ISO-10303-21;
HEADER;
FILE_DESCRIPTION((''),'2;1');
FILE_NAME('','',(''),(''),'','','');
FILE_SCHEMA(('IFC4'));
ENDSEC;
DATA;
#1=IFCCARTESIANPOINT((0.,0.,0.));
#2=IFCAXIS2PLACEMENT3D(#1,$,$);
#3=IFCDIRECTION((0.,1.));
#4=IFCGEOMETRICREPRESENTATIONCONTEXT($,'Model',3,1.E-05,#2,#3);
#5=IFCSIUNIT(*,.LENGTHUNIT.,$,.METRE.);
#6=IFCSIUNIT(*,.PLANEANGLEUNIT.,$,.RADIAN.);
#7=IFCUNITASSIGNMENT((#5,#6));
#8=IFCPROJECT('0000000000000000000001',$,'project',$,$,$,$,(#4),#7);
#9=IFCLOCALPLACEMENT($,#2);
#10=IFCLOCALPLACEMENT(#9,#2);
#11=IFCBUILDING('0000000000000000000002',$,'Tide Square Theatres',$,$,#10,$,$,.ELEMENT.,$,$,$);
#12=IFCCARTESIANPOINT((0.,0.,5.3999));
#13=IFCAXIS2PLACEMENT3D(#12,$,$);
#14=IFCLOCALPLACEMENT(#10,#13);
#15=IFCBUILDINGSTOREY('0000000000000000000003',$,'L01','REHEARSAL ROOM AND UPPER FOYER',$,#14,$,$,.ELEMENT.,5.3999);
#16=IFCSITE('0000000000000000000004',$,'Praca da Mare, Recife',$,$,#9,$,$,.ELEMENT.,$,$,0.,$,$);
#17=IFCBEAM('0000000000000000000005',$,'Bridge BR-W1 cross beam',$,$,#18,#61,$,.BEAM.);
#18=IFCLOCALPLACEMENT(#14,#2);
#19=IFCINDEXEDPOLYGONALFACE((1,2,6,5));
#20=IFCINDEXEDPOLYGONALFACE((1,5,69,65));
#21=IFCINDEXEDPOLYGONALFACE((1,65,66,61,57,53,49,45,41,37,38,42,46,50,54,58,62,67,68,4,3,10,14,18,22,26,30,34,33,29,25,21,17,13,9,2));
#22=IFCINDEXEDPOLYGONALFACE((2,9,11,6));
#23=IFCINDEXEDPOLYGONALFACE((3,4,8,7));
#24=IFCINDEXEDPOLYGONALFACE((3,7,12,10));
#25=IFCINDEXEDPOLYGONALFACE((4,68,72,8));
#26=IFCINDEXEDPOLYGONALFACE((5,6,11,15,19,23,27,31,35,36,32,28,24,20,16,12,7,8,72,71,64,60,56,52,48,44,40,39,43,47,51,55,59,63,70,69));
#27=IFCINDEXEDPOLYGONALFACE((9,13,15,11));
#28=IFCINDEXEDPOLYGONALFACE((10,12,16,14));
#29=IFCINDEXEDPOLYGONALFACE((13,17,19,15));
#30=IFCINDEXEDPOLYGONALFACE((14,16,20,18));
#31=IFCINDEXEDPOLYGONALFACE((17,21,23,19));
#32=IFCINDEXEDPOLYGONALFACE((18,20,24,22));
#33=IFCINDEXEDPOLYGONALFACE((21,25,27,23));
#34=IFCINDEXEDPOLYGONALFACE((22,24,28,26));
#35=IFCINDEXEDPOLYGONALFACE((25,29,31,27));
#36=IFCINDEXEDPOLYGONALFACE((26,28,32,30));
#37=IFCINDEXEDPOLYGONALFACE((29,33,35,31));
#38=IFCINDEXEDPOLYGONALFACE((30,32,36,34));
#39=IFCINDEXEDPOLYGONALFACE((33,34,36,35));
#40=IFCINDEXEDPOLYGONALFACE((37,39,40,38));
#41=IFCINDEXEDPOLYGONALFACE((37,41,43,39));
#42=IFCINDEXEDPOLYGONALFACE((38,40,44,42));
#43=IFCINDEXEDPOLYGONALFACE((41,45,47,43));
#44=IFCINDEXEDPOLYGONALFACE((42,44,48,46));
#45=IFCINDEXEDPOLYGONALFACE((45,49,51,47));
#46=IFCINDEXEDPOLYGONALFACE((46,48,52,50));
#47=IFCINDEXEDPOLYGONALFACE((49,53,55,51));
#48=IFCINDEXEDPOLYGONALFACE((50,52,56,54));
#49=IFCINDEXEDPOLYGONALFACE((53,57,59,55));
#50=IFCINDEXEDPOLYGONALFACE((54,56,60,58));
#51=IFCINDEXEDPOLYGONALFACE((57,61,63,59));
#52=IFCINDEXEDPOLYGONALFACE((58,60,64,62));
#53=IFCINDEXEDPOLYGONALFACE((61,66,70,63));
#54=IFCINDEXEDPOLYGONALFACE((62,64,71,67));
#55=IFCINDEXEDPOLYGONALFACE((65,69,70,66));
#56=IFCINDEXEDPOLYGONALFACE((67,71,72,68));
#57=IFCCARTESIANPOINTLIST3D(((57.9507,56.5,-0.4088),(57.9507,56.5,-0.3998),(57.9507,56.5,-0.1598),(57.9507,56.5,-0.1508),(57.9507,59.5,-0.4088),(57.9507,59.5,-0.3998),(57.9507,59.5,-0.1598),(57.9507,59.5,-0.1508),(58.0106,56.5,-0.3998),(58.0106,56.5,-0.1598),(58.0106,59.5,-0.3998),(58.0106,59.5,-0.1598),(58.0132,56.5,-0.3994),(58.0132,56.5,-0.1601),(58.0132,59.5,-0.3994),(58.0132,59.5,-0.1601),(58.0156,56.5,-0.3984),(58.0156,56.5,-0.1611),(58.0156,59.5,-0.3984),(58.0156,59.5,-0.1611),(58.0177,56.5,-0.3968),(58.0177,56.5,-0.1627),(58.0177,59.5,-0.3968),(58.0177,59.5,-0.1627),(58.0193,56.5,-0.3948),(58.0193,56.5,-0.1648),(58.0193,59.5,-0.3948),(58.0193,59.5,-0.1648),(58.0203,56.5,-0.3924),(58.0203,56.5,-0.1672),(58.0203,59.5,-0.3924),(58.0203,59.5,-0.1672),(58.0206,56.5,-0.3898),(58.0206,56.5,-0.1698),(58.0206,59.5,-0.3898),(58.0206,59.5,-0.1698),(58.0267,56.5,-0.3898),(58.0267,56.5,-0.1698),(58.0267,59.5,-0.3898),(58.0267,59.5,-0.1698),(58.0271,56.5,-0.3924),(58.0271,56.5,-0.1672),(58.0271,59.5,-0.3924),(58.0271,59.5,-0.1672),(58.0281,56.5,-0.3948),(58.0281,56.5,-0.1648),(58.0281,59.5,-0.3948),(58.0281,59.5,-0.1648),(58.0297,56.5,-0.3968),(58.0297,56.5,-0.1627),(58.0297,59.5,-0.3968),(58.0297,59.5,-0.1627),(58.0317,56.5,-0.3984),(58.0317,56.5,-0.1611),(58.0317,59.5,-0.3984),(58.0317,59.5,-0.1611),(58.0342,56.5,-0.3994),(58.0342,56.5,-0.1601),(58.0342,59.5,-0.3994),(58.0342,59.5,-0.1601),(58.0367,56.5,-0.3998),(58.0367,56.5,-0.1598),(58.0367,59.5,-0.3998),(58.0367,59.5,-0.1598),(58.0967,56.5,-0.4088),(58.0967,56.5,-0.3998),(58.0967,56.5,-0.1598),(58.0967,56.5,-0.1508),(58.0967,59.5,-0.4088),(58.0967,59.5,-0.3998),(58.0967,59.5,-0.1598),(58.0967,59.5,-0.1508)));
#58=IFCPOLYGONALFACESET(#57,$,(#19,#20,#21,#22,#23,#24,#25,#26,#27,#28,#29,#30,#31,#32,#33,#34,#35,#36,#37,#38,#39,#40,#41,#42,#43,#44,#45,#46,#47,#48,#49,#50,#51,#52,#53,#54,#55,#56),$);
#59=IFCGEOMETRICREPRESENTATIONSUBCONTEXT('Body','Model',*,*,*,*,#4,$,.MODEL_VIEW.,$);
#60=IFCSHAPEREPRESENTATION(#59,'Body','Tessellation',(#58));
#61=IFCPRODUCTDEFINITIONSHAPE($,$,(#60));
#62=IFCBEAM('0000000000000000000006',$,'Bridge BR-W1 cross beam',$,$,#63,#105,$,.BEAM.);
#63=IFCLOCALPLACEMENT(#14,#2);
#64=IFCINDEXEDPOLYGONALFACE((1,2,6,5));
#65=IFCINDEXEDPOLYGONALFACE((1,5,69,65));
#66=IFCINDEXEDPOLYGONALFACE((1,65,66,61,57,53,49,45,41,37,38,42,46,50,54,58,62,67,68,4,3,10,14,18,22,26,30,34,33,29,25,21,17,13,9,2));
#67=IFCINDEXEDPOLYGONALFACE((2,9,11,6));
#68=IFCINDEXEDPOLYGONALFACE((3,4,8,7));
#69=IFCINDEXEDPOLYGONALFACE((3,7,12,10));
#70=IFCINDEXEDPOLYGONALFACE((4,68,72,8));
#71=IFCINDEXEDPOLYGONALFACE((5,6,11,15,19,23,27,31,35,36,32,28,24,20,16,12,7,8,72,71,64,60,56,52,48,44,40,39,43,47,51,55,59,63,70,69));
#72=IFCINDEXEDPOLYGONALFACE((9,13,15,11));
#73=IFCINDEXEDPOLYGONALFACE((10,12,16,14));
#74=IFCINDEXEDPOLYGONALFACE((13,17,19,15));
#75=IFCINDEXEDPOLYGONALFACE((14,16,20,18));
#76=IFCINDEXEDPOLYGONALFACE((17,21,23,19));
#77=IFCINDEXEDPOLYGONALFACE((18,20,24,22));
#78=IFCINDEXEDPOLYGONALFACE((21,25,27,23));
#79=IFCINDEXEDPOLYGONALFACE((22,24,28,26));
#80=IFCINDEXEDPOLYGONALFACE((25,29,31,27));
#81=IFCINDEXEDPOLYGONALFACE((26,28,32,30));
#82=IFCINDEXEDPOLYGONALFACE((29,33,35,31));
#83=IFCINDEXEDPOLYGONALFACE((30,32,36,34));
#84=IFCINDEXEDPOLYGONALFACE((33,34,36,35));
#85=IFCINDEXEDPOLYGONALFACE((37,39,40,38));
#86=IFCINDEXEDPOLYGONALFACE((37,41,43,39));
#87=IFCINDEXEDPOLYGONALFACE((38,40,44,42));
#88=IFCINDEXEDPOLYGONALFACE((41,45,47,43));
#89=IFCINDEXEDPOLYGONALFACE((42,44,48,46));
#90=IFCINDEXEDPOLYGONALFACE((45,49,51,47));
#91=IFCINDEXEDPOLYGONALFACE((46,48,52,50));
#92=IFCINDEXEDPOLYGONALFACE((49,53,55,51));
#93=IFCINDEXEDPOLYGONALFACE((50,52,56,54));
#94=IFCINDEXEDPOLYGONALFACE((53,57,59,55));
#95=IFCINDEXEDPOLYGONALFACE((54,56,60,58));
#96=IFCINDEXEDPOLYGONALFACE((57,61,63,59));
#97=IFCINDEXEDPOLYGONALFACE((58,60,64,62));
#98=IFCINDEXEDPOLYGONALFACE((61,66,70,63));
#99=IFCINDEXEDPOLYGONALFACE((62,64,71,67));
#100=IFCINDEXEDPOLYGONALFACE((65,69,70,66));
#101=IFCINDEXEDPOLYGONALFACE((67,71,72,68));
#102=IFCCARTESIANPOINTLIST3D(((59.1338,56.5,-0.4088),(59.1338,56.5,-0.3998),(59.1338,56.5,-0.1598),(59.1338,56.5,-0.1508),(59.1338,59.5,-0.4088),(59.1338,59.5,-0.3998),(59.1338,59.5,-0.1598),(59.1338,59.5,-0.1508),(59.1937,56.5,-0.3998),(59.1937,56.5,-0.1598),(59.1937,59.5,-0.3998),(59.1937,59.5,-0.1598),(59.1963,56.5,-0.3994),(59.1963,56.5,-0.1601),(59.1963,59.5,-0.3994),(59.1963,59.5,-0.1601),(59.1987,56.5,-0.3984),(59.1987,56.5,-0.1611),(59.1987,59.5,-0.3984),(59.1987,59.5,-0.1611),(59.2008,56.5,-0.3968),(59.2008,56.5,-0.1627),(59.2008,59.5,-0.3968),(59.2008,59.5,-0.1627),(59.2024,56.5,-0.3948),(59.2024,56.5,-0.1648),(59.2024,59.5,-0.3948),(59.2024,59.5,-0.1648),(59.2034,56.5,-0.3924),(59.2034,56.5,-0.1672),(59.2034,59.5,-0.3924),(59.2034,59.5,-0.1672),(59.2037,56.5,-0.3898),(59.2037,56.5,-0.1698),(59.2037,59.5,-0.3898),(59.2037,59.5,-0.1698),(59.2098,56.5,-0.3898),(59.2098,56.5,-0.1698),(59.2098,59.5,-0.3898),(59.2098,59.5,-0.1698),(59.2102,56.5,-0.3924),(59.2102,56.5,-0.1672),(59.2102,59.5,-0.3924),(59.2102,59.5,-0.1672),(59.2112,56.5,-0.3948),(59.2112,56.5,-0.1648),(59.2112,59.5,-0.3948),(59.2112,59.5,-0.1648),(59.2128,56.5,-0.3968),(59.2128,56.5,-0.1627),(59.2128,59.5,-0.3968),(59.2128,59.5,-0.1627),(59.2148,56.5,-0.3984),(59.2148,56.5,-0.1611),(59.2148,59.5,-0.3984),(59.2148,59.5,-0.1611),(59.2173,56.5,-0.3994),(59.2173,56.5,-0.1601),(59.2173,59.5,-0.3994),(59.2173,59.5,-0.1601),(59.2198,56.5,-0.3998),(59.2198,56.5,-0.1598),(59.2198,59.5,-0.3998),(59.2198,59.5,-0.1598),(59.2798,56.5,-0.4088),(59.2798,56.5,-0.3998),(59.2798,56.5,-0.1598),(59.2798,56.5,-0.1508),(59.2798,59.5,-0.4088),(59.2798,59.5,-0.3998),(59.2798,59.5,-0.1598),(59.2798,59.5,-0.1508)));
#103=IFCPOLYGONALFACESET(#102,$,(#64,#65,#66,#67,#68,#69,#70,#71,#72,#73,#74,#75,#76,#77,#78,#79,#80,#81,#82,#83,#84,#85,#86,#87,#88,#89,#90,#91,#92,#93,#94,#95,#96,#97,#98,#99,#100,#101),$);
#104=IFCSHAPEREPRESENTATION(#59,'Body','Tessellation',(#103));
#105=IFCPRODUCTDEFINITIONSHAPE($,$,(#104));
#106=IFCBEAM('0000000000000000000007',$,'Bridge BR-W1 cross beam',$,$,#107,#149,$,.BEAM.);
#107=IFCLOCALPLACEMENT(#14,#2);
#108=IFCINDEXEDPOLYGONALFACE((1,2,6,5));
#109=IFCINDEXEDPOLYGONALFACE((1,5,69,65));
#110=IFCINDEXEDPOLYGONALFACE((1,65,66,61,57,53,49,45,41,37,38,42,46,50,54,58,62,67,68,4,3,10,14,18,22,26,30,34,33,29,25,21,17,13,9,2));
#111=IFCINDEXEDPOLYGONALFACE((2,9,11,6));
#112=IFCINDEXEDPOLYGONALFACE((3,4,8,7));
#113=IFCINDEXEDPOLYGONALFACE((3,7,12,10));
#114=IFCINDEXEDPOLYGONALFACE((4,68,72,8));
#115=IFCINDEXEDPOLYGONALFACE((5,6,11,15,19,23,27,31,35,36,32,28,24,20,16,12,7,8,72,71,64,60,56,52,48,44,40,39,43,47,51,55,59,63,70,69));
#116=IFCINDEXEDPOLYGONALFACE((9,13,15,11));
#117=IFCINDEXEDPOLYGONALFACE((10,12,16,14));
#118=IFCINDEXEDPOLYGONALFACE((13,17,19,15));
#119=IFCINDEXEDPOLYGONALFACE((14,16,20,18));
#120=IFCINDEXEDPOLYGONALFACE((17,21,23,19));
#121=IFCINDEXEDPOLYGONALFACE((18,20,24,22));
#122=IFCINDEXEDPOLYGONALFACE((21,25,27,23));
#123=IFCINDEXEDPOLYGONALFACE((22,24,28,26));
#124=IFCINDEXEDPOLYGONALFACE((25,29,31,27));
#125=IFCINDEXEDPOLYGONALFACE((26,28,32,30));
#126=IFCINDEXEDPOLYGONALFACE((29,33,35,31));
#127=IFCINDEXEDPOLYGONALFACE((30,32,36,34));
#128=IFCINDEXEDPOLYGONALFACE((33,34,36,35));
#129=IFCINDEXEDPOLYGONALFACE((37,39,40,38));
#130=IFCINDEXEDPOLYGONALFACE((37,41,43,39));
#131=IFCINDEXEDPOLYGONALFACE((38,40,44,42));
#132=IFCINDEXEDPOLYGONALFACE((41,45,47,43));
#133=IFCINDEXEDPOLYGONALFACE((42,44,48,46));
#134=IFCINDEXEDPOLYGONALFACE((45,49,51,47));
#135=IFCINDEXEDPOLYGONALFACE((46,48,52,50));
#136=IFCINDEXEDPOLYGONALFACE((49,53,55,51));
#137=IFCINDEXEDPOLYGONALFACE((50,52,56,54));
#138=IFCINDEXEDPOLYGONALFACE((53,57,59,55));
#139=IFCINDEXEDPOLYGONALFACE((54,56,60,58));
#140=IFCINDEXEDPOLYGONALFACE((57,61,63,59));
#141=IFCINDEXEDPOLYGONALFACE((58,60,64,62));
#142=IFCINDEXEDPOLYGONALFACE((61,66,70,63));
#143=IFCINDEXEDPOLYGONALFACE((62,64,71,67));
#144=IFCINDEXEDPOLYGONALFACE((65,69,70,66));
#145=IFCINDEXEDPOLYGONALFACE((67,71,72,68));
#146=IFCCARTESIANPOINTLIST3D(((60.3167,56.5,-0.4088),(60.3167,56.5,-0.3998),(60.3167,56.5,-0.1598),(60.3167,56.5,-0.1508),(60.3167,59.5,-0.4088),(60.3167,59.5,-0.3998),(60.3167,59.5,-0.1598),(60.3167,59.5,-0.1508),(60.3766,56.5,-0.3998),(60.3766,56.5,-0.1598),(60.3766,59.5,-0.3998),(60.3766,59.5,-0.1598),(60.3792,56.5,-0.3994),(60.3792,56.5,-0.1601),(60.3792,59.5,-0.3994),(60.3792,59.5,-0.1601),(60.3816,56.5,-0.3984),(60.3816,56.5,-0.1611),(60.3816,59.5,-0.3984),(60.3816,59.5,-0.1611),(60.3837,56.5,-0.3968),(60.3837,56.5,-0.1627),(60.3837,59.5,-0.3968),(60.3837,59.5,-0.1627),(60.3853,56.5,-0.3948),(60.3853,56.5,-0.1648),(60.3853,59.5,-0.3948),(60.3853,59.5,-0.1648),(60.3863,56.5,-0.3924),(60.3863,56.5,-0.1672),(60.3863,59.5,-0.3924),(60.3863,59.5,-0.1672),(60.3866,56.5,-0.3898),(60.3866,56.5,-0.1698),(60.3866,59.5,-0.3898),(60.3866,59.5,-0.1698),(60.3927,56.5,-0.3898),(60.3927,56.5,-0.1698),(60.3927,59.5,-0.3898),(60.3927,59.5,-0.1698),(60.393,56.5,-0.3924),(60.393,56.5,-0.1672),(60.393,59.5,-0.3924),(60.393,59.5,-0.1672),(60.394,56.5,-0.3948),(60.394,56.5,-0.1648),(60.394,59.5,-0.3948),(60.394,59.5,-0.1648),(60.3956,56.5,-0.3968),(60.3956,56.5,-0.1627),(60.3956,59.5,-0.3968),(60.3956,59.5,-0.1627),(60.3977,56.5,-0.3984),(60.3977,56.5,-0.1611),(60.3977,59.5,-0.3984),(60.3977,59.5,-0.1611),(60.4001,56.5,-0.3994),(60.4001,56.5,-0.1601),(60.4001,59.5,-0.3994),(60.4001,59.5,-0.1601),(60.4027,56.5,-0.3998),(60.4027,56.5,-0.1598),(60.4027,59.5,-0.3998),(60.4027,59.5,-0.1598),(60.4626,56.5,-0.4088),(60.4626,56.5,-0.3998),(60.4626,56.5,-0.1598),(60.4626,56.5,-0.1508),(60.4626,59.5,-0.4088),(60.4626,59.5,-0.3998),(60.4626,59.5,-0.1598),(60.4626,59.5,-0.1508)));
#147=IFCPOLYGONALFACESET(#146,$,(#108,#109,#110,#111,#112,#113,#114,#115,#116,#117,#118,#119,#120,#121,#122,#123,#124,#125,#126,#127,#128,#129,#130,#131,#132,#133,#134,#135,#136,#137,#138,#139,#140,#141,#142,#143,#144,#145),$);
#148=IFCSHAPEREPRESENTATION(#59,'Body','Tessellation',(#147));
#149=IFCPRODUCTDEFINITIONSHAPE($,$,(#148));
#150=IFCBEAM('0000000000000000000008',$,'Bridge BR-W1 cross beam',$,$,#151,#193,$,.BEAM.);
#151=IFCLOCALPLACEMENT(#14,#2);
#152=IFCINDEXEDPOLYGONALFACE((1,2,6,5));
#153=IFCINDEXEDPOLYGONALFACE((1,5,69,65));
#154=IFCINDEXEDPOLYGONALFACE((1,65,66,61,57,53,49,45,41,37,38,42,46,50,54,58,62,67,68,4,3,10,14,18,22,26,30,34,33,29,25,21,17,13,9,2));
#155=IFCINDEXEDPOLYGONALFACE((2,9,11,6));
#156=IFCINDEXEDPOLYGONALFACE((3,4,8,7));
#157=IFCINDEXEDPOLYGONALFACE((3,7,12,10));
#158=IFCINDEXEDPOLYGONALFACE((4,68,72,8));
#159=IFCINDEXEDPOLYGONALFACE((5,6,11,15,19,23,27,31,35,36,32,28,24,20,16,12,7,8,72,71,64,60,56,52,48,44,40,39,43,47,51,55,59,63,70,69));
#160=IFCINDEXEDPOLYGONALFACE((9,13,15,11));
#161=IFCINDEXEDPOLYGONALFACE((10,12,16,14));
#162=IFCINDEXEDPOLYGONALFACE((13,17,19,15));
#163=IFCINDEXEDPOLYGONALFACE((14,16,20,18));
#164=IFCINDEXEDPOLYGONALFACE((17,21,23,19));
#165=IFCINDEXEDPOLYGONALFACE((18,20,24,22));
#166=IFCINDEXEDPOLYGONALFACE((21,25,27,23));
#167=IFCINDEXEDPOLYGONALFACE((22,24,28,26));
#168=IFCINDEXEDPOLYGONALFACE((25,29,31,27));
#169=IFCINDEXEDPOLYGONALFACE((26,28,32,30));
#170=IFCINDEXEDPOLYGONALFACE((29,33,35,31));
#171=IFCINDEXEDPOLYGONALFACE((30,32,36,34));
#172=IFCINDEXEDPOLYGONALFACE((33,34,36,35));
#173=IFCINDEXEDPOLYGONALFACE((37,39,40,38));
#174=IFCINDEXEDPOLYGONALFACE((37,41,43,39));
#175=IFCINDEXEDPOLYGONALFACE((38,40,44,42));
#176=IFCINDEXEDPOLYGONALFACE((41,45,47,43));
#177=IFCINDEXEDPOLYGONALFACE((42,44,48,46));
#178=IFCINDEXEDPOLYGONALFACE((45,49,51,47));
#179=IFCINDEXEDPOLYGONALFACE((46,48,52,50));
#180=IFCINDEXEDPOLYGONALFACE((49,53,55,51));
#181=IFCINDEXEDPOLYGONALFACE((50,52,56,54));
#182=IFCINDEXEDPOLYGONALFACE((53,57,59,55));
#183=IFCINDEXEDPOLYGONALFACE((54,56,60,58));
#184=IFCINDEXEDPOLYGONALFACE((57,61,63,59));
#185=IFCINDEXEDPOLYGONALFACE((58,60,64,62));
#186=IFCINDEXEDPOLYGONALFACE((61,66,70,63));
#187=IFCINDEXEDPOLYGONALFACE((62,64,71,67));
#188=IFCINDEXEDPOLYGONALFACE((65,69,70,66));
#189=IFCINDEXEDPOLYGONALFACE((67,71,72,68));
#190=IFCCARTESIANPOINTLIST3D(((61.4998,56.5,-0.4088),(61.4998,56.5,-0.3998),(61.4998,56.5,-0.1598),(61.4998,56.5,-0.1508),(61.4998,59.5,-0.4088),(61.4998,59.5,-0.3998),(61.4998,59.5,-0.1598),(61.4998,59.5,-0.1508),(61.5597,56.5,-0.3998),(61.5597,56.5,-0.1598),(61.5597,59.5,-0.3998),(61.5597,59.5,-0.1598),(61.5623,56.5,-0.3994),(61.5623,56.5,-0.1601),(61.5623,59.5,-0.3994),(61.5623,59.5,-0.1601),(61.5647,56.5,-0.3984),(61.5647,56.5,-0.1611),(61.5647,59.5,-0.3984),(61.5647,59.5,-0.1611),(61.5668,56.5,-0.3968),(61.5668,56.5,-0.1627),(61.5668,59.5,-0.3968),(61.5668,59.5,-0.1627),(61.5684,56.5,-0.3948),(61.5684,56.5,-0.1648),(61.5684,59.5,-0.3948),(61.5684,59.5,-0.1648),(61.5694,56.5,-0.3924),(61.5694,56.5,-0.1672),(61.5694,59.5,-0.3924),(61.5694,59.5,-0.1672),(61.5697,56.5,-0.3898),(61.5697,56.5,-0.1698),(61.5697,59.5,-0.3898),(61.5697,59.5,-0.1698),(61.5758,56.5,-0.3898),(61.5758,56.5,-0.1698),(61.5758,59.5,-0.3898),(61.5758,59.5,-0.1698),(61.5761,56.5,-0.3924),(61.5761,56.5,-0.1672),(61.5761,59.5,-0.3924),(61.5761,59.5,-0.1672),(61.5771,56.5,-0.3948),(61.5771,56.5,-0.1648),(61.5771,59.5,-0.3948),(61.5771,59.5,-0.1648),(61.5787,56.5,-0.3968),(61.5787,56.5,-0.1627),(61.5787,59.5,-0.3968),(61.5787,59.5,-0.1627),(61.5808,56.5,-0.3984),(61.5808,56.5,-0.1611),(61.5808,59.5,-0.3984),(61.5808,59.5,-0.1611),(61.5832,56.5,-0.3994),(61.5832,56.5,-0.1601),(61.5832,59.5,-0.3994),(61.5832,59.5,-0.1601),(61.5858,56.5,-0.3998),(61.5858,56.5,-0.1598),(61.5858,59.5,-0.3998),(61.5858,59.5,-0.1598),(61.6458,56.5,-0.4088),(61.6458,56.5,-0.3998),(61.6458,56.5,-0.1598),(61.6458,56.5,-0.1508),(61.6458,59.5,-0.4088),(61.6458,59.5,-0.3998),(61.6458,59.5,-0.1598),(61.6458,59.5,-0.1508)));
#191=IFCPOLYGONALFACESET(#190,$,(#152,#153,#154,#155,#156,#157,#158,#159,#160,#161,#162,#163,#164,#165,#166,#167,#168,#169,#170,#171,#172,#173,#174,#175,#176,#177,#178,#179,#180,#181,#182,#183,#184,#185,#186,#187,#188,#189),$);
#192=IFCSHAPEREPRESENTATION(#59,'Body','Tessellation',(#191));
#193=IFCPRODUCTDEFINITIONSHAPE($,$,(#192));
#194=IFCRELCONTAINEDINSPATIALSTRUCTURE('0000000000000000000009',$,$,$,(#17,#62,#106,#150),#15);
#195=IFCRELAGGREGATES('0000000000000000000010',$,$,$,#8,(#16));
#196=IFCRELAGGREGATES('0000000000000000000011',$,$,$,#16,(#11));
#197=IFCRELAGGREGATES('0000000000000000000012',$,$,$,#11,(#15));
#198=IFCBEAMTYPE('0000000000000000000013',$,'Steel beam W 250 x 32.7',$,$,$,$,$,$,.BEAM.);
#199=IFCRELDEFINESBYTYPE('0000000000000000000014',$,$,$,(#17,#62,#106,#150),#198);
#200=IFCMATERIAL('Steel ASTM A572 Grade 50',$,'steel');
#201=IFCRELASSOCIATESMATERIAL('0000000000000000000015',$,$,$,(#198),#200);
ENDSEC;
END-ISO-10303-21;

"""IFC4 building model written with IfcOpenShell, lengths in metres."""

from ifc_helpers import new_model, si_unit, direction, frame, origin, origin_2d, place, context, subcontext, project, spatial, i_section, extrude, material, material_profile, profile_set, type_object, element, save


model = new_model("IFC4")

# Units and contexts
model_context = context("Model", 3, precision=1e-05, world=origin(), true_north=direction((0.0, 1.0)))
body_context = subcontext(model_context, "Body", "Model", "MODEL_VIEW")
ifc_project = project(units=[si_unit("LENGTHUNIT", "METRE"), si_unit("PLANEANGLEUNIT", "RADIAN")], contexts=[model_context])

# Site, building, storey
site_placement = place(None, origin())
site = spatial("IfcSite", under=ifc_project, at=site_placement, Name="Praca da Mare, Recife", CompositionType="ELEMENT", RefElevation=0.0)
building_placement = place(site_placement, origin())
building = spatial("IfcBuilding", under=site, at=building_placement, Name="Tide Square Theatres", CompositionType="ELEMENT")
storey_placement = place(building_placement, frame((0.0, 0.0, 5.3999)))
storey = spatial("IfcBuildingStorey", under=building, at=storey_placement, Name="L01", Description="REHEARSAL ROOM AND UPPER FOYER", CompositionType="ELEMENT", Elevation=5.3999)

# Beams
ifc_material_1 = material(Name="Steel ASTM A572 Grade 50", Category="steel")
ifc_material_profile_1 = material_profile(ifc_material_1, i_section(OverallWidth=0.146, OverallDepth=0.2581, WebThickness=0.0061, FlangeThickness=0.009, FilletRadius=0.01, at=origin_2d()))
ifc_profile_set_1 = profile_set([ifc_material_profile_1], Name="Steel ASTM A572 Grade 50")
beam_type_1 = type_object("IfcBeamType", Name="Steel beam W 250 x 32.7", PredefinedType="BEAM", material=ifc_profile_set_1)
for number, where, z_axis, x_axis, name in (
    (1, (58.0237, 56.5, -0.2798), (0.0, 1.0, 0.0), (-1.0, 0.0, 0.0), "Bridge BR-W1 cross beam"),
    (2, (59.2068, 56.5, -0.2798), (0.0, 1.0, 0.0), (-1.0, 0.0, 0.0), "Bridge BR-W1 cross beam"),
    (3, (60.3896, 56.5, -0.2798), (0.0, 1.0, 0.0), (-1.0, 0.0, 0.0), "Bridge BR-W1 cross beam"),
    (4, (61.5728, 56.5, -0.2798), (0.0, 1.0, 0.0), (-1.0, 0.0, 0.0), "Bridge BR-W1 cross beam"),
):
    element("IfcBeam", number, at=place(storey_placement, frame(where, z_axis=z_axis, x_axis=x_axis)), inside=storey, type_object=beam_type_1, Name=name, PredefinedType="BEAM", context=body_context, shape_type="SweptSolid", body=[
        extrude(i_section(OverallWidth=0.146, OverallDepth=0.2581, WebThickness=0.0061, FlangeThickness=0.009, FilletRadius=0.01, at=origin_2d()), origin(), (0.0, 0.0, 1.0), 3.0),
    ])

save(model, "model.ifc")
